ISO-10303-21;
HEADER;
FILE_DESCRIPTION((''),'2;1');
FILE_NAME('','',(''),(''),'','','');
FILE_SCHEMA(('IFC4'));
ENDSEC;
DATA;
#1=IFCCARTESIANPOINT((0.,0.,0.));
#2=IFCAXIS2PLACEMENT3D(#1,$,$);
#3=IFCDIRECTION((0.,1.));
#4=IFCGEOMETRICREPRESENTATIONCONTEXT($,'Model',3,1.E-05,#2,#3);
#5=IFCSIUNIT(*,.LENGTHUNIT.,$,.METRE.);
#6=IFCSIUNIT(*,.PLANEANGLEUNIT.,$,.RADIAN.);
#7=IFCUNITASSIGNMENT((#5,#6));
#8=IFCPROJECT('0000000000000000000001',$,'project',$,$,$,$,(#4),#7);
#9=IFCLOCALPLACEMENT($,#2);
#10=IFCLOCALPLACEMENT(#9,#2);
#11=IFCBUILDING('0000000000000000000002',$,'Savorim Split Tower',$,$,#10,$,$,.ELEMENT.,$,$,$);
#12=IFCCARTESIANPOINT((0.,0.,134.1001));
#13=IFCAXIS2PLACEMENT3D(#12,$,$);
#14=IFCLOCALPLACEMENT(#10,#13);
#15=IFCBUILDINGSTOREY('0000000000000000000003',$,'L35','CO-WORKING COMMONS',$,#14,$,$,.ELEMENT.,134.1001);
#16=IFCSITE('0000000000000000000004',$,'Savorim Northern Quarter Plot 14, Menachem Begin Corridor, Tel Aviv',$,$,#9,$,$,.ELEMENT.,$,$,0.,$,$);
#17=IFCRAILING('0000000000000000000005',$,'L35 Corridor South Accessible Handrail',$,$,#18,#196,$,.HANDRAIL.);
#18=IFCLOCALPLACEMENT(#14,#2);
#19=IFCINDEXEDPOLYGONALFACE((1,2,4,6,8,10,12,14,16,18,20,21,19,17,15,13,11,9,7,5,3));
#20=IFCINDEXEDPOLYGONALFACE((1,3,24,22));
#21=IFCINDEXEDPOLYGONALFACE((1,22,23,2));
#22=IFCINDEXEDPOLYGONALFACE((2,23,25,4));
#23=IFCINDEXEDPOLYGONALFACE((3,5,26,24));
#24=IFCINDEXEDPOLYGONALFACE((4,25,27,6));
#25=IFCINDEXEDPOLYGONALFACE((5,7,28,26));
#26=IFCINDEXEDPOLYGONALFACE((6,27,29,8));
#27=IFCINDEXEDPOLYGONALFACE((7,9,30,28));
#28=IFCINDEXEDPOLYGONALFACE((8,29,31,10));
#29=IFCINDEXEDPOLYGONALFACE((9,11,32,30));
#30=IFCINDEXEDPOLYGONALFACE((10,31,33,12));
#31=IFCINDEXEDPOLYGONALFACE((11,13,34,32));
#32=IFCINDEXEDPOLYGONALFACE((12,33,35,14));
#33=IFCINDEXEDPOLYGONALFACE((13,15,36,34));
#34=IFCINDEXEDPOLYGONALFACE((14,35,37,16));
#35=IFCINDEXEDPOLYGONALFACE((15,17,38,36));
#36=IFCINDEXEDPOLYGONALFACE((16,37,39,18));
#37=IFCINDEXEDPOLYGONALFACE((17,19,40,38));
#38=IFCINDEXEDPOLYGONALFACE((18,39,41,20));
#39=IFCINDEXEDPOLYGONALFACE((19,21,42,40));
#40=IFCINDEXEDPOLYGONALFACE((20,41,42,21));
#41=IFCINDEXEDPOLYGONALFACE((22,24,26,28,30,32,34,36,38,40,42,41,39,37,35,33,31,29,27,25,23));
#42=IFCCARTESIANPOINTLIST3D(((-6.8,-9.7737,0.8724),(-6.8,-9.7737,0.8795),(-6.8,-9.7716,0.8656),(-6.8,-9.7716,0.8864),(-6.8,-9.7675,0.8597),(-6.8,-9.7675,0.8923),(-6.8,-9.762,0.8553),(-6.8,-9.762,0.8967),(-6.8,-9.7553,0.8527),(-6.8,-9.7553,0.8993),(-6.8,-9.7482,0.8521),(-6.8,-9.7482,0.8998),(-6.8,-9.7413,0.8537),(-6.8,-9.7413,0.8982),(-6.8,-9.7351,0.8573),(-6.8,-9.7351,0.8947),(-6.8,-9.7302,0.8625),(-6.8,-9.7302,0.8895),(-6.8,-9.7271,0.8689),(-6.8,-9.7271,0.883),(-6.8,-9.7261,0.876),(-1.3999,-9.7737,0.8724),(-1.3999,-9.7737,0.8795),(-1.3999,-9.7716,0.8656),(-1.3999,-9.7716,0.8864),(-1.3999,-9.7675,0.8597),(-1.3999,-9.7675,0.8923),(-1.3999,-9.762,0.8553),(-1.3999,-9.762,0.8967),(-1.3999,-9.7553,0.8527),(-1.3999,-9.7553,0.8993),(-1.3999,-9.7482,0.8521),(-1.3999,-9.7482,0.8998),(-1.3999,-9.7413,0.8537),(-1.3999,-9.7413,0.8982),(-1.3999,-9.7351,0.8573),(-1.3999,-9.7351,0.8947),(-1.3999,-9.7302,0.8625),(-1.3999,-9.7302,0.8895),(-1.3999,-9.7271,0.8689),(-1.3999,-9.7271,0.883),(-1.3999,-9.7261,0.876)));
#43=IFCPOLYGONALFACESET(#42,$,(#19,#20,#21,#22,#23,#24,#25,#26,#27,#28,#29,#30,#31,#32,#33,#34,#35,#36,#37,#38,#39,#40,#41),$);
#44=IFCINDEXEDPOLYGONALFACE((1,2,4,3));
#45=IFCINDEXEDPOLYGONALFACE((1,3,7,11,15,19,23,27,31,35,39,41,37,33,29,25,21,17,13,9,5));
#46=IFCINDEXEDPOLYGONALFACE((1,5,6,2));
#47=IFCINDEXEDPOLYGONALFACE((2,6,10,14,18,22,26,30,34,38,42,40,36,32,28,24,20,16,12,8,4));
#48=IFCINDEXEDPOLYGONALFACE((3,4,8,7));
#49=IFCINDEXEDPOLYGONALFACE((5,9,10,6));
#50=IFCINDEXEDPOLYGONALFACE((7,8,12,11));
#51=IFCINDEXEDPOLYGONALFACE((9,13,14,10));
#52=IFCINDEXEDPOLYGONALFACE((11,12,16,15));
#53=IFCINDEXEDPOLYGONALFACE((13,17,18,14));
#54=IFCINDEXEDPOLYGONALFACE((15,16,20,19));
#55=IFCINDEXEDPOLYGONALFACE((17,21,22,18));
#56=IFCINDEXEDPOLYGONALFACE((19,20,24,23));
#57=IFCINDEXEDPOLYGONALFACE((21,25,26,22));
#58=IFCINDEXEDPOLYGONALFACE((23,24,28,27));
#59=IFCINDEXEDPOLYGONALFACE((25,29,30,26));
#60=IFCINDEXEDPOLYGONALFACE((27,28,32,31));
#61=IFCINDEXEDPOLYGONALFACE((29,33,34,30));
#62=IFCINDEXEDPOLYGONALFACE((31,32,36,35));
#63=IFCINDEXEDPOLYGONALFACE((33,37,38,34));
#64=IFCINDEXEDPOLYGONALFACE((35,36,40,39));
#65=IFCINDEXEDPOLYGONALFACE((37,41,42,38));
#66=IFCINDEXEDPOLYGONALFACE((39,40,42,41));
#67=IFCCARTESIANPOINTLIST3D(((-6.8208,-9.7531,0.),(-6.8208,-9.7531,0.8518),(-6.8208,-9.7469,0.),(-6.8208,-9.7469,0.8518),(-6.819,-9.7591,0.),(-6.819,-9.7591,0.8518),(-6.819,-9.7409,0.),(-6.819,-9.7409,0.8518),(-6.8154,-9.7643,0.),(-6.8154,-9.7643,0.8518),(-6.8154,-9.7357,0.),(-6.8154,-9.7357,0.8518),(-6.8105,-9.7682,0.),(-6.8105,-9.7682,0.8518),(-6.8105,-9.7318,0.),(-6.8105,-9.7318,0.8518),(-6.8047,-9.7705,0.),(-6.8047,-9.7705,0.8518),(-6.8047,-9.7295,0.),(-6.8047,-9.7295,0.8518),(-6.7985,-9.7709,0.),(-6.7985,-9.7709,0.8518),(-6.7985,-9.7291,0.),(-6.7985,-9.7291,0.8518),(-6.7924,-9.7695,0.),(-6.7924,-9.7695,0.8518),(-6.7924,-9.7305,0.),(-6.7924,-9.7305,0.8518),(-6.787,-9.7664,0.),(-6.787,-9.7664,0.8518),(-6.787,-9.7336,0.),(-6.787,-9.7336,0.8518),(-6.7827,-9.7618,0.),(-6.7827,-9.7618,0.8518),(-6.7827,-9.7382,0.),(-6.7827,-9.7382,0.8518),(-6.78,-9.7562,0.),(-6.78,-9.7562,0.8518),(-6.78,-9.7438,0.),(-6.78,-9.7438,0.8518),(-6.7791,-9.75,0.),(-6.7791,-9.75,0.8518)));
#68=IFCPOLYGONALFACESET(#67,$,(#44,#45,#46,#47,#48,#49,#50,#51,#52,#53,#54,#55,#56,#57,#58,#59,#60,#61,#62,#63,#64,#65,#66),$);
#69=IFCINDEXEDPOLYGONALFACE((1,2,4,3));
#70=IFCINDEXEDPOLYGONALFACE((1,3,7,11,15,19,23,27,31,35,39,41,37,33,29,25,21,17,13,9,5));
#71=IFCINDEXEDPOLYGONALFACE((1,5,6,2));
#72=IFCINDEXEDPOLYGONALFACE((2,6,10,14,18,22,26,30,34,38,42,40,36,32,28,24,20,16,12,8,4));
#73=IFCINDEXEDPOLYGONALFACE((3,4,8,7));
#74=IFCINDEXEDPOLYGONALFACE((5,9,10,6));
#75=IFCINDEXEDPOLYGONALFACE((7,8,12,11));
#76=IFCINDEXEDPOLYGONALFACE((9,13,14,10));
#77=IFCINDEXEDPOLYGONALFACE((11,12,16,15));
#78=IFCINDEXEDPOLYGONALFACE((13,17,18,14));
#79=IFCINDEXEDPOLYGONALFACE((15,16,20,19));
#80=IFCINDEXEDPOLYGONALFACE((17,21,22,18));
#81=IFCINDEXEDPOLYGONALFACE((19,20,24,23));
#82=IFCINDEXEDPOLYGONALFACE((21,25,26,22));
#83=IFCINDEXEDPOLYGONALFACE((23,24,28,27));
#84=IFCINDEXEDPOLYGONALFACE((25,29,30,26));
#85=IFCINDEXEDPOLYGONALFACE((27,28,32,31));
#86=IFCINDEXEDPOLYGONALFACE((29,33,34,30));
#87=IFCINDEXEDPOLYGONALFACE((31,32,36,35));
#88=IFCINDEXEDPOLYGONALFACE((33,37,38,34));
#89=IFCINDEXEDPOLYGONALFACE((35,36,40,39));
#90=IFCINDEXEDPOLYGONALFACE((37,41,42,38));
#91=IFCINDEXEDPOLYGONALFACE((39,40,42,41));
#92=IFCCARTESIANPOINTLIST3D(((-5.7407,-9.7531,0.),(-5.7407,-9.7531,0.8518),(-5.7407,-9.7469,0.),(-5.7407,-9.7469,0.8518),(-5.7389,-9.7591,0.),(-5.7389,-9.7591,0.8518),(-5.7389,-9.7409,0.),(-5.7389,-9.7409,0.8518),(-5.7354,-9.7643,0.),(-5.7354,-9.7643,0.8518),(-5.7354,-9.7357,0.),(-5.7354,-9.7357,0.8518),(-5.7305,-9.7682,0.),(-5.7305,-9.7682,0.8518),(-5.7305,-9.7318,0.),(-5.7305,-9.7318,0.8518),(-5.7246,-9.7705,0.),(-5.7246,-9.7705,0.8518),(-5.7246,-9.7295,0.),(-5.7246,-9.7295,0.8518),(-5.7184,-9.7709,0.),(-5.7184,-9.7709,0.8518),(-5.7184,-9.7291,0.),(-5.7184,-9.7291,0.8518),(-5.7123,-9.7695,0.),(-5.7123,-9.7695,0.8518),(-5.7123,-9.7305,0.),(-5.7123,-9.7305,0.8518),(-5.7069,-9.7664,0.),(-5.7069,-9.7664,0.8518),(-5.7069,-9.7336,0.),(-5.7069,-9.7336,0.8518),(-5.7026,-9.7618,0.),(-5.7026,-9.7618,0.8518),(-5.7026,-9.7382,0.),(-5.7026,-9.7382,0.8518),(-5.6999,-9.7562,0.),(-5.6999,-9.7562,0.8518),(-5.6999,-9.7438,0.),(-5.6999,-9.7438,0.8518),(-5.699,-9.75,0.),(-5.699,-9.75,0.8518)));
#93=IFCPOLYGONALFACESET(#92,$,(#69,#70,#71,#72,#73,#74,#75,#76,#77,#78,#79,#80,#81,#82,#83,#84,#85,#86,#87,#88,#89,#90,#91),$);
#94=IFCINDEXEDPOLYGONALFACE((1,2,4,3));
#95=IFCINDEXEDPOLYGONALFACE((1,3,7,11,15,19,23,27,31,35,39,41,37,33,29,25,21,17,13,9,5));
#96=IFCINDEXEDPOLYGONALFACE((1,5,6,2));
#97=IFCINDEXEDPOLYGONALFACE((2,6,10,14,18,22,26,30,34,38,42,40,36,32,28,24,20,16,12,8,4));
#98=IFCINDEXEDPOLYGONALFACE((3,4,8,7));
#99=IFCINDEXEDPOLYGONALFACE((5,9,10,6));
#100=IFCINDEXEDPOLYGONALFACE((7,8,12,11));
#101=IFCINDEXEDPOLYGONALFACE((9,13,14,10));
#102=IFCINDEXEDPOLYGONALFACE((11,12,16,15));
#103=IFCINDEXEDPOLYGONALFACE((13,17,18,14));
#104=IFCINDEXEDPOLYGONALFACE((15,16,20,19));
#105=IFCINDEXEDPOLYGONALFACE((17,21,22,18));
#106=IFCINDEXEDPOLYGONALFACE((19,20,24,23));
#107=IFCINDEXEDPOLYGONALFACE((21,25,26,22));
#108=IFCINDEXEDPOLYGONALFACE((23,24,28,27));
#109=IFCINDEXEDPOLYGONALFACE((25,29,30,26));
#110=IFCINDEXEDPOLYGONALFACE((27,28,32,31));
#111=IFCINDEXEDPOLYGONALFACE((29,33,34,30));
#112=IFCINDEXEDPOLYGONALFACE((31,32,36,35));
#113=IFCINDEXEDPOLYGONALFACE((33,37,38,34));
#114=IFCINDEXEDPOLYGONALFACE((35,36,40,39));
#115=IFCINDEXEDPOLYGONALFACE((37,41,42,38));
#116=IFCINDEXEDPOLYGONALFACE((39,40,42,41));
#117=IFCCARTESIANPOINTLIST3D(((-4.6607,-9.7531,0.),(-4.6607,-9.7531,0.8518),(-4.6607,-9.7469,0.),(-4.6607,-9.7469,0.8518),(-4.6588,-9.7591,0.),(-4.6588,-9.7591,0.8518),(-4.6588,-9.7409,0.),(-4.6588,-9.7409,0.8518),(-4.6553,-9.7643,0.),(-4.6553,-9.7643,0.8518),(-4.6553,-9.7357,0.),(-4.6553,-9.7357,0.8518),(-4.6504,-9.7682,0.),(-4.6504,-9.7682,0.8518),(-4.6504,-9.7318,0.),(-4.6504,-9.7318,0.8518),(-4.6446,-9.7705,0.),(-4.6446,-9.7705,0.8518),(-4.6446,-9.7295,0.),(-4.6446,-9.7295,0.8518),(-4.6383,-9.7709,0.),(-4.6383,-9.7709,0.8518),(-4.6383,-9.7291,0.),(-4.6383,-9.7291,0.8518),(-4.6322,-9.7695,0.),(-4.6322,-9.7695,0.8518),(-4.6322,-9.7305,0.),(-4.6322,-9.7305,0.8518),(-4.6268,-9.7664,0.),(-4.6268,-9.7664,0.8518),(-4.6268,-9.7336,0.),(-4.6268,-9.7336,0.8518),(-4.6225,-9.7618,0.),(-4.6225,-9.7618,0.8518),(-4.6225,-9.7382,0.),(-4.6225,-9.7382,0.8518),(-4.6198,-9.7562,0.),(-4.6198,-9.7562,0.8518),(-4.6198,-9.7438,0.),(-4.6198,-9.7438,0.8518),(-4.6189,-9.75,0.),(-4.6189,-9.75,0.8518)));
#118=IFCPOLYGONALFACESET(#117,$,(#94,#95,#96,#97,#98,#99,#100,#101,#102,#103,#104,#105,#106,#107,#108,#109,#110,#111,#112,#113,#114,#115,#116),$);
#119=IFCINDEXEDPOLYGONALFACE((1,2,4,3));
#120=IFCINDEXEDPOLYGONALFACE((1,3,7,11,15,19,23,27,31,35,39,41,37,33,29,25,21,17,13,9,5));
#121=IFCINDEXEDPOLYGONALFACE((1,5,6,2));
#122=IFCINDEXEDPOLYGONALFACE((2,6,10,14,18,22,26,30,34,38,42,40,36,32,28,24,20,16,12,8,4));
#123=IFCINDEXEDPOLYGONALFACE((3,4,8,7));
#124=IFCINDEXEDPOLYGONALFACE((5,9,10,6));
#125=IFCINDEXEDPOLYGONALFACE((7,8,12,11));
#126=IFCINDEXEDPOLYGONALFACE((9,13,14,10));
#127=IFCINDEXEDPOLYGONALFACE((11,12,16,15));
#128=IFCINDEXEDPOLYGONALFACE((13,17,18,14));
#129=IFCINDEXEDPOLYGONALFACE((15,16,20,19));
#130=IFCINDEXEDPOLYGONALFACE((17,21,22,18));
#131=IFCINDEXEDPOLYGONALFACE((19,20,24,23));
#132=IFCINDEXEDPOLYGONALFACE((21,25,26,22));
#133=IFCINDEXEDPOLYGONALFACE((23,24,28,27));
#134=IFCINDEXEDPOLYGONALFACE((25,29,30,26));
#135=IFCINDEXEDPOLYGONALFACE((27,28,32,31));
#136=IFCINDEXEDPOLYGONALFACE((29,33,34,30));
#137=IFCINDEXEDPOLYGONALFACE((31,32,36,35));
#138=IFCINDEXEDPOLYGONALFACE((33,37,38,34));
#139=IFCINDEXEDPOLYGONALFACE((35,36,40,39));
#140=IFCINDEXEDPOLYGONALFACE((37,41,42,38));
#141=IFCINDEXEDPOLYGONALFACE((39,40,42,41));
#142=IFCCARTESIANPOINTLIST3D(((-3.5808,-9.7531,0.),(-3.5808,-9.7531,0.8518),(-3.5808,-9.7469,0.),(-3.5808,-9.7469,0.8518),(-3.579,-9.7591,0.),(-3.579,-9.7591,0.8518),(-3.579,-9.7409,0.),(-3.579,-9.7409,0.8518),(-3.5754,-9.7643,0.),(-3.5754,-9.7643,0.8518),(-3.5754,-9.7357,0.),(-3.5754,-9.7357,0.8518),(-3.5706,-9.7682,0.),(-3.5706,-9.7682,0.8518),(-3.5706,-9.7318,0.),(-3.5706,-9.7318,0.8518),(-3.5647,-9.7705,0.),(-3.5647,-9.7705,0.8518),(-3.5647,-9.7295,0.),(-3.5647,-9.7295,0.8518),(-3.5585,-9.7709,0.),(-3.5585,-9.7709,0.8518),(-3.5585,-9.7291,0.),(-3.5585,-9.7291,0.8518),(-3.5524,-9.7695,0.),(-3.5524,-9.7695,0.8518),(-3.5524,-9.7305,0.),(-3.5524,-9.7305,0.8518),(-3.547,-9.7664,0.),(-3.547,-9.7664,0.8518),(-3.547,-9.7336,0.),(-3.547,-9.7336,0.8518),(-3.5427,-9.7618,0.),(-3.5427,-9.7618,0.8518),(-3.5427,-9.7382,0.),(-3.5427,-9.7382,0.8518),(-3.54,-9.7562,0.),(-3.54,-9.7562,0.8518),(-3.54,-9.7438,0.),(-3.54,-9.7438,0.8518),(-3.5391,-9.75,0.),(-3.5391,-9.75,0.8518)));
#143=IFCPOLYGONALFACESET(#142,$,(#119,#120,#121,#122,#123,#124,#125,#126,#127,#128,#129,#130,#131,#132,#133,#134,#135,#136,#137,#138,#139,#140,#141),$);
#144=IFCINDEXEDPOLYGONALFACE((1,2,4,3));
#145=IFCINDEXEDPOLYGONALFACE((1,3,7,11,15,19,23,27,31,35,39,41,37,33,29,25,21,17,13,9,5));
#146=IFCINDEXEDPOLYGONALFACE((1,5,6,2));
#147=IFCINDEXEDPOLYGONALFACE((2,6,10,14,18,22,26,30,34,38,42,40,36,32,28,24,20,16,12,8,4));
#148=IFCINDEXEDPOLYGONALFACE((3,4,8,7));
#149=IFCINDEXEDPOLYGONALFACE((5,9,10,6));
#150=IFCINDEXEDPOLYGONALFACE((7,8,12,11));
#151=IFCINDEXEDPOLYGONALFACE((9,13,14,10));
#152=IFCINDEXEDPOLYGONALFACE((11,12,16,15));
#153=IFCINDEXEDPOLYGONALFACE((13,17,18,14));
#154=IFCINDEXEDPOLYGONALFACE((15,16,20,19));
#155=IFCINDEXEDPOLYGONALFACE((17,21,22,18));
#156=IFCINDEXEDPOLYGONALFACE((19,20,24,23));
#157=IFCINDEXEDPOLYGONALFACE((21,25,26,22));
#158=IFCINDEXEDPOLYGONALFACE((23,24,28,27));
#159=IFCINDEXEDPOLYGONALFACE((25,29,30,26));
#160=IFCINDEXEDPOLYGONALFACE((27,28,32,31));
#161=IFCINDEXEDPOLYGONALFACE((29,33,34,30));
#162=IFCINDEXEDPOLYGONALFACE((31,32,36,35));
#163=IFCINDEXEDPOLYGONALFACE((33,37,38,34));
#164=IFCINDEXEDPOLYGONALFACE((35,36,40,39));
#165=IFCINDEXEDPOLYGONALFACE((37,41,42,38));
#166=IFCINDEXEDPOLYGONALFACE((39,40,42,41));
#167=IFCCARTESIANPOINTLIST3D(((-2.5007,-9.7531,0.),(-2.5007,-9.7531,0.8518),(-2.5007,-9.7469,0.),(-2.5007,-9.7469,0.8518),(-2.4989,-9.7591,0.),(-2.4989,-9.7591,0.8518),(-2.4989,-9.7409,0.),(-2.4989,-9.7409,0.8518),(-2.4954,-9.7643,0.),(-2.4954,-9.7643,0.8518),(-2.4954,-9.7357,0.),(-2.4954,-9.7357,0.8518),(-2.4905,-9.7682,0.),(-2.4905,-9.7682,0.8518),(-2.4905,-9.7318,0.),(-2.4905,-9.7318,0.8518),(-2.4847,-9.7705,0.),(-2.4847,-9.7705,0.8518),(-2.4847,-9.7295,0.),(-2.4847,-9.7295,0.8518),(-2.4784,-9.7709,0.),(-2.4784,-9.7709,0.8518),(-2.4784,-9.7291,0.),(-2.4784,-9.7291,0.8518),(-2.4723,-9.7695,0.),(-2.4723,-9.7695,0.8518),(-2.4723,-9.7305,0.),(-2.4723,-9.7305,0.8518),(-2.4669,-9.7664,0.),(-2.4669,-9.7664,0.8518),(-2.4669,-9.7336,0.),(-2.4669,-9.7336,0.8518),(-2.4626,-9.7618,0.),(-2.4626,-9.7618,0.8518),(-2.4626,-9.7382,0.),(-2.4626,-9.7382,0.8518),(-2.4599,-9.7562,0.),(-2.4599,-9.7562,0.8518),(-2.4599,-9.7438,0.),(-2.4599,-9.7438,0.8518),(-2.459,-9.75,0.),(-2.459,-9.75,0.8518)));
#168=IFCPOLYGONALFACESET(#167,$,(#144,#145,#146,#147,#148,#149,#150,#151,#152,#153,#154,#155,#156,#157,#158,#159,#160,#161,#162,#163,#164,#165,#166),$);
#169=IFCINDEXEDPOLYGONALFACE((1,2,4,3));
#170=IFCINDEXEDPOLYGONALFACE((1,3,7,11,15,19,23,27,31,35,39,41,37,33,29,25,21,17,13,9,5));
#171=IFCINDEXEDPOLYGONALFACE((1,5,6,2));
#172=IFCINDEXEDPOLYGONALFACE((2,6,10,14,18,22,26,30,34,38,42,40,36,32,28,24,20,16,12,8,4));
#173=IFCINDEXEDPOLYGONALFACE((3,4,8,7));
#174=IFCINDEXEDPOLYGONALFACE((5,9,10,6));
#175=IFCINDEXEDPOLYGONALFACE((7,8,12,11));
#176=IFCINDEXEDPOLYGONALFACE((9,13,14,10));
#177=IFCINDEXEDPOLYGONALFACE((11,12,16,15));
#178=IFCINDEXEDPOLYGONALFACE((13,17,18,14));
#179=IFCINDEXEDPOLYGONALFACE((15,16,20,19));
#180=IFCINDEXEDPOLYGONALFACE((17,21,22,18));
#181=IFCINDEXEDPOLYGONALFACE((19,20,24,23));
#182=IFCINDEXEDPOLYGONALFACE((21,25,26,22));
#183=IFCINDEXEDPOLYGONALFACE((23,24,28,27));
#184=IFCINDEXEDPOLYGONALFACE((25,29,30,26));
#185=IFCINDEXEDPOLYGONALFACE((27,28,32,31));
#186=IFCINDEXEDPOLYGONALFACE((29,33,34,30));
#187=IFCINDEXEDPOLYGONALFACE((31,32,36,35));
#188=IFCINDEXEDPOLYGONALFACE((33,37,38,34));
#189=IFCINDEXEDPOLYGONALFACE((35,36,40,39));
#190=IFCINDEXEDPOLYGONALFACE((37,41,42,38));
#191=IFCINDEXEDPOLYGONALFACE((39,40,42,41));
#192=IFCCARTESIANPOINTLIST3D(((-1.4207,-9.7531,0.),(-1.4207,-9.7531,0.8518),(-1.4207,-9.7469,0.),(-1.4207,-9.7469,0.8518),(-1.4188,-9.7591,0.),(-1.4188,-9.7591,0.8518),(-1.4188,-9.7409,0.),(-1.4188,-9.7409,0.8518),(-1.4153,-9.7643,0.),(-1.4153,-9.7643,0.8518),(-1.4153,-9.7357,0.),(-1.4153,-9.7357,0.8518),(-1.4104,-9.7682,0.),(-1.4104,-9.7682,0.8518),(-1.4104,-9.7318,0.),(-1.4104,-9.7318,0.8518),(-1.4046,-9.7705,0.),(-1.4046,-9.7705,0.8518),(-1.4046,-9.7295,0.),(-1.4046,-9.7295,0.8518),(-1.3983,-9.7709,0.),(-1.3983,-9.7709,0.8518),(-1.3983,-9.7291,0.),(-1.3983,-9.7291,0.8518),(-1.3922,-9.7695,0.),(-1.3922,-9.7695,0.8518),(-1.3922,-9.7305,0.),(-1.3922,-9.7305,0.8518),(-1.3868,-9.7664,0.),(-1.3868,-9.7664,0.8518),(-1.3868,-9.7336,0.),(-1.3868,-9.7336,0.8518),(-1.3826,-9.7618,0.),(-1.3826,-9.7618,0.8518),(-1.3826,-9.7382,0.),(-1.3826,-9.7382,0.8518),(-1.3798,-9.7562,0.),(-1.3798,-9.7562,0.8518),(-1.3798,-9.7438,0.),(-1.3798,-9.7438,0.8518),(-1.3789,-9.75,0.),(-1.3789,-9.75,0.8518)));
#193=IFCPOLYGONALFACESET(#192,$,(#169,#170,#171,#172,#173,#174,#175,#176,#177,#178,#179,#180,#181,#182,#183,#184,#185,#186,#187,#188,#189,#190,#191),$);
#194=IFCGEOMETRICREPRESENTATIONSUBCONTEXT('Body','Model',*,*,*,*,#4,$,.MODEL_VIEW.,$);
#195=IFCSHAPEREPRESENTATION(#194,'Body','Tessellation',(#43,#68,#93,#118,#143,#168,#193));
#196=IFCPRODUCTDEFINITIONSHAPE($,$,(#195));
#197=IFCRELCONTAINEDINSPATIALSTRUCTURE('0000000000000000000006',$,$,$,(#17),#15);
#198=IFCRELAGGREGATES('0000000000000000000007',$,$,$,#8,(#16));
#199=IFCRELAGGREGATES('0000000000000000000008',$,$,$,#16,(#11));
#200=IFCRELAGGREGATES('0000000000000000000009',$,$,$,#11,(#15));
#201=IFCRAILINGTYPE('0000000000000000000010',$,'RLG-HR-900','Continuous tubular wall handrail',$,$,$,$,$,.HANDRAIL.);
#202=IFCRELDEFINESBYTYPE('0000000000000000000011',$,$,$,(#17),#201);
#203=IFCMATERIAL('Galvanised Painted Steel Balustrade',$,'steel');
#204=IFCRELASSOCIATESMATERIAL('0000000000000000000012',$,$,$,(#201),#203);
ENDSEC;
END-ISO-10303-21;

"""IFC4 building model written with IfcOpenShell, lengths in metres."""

from ifc_helpers import new_model, si_unit, direction, frame, origin, origin_2d, place, context, subcontext, project, spatial, circle, extrude, material, type_object, element, save


model = new_model("IFC4")

# Units and contexts
model_context = context("Model", 3, precision=1e-05, world=origin(), true_north=direction((0.0, 1.0)))
body_context = subcontext(model_context, "Body", "Model", "MODEL_VIEW")
ifc_project = project(units=[si_unit("LENGTHUNIT", "METRE"), si_unit("PLANEANGLEUNIT", "RADIAN")], contexts=[model_context])

# Site, building, storey
site_placement = place(None, origin())
site = spatial("IfcSite", under=ifc_project, at=site_placement, Name="Savorim Northern Quarter Plot 14, Menachem Begin Corridor, Tel Aviv", CompositionType="ELEMENT", RefElevation=0.0)
building_placement = place(site_placement, origin())
building = spatial("IfcBuilding", under=site, at=building_placement, Name="Savorim Split Tower", CompositionType="ELEMENT")
storey_placement = place(building_placement, frame((0.0, 0.0, 134.1001)))
storey = spatial("IfcBuildingStorey", under=building, at=storey_placement, Name="L35", Description="CO-WORKING COMMONS", CompositionType="ELEMENT", Elevation=134.1001)

# Railing
ifc_material_1 = material(Name="Galvanised Painted Steel Balustrade", Category="steel")
railing_type_1 = type_object("IfcRailingType", Name="RLG-HR-900", Description="Continuous tubular wall handrail", PredefinedType="HANDRAIL", material=ifc_material_1)
railing_1_placement = place(storey_placement, frame((-6.8, -9.75, 0.0)))
element("IfcRailing", 1, at=railing_1_placement, inside=storey, type_object=railing_type_1, Name="L35 Corridor South Accessible Handrail", PredefinedType="HANDRAIL", context=body_context, shape_type="SweptSolid", body=[
    extrude(circle(Radius=0.0239, at=origin_2d()), frame((0.0, 0.0, 0.876), z_axis=(1.0, 0.0, 0.0), x_axis=(0.0, 1.0, 0.0)), (0.0, 0.0, 1.0), 5.4001),
    extrude(circle(Radius=0.021, at=origin_2d()), origin(), (0.0, 0.0, 1.0), 0.8518),
    extrude(circle(Radius=0.021, at=origin_2d()), frame((1.0801, 0.0, 0.0)), (0.0, 0.0, 1.0), 0.8518),
    extrude(circle(Radius=0.021, at=origin_2d()), frame((2.1602, 0.0, 0.0)), (0.0, 0.0, 1.0), 0.8518),
    extrude(circle(Radius=0.021, at=origin_2d()), frame((3.24, 0.0, 0.0)), (0.0, 0.0, 1.0), 0.8518),
    extrude(circle(Radius=0.021, at=origin_2d()), frame((4.3201, 0.0, 0.0)), (0.0, 0.0, 1.0), 0.8518),
    extrude(circle(Radius=0.021, at=origin_2d()), frame((5.4001, 0.0, 0.0)), (0.0, 0.0, 1.0), 0.8518),
])

save(model, "model.ifc")
